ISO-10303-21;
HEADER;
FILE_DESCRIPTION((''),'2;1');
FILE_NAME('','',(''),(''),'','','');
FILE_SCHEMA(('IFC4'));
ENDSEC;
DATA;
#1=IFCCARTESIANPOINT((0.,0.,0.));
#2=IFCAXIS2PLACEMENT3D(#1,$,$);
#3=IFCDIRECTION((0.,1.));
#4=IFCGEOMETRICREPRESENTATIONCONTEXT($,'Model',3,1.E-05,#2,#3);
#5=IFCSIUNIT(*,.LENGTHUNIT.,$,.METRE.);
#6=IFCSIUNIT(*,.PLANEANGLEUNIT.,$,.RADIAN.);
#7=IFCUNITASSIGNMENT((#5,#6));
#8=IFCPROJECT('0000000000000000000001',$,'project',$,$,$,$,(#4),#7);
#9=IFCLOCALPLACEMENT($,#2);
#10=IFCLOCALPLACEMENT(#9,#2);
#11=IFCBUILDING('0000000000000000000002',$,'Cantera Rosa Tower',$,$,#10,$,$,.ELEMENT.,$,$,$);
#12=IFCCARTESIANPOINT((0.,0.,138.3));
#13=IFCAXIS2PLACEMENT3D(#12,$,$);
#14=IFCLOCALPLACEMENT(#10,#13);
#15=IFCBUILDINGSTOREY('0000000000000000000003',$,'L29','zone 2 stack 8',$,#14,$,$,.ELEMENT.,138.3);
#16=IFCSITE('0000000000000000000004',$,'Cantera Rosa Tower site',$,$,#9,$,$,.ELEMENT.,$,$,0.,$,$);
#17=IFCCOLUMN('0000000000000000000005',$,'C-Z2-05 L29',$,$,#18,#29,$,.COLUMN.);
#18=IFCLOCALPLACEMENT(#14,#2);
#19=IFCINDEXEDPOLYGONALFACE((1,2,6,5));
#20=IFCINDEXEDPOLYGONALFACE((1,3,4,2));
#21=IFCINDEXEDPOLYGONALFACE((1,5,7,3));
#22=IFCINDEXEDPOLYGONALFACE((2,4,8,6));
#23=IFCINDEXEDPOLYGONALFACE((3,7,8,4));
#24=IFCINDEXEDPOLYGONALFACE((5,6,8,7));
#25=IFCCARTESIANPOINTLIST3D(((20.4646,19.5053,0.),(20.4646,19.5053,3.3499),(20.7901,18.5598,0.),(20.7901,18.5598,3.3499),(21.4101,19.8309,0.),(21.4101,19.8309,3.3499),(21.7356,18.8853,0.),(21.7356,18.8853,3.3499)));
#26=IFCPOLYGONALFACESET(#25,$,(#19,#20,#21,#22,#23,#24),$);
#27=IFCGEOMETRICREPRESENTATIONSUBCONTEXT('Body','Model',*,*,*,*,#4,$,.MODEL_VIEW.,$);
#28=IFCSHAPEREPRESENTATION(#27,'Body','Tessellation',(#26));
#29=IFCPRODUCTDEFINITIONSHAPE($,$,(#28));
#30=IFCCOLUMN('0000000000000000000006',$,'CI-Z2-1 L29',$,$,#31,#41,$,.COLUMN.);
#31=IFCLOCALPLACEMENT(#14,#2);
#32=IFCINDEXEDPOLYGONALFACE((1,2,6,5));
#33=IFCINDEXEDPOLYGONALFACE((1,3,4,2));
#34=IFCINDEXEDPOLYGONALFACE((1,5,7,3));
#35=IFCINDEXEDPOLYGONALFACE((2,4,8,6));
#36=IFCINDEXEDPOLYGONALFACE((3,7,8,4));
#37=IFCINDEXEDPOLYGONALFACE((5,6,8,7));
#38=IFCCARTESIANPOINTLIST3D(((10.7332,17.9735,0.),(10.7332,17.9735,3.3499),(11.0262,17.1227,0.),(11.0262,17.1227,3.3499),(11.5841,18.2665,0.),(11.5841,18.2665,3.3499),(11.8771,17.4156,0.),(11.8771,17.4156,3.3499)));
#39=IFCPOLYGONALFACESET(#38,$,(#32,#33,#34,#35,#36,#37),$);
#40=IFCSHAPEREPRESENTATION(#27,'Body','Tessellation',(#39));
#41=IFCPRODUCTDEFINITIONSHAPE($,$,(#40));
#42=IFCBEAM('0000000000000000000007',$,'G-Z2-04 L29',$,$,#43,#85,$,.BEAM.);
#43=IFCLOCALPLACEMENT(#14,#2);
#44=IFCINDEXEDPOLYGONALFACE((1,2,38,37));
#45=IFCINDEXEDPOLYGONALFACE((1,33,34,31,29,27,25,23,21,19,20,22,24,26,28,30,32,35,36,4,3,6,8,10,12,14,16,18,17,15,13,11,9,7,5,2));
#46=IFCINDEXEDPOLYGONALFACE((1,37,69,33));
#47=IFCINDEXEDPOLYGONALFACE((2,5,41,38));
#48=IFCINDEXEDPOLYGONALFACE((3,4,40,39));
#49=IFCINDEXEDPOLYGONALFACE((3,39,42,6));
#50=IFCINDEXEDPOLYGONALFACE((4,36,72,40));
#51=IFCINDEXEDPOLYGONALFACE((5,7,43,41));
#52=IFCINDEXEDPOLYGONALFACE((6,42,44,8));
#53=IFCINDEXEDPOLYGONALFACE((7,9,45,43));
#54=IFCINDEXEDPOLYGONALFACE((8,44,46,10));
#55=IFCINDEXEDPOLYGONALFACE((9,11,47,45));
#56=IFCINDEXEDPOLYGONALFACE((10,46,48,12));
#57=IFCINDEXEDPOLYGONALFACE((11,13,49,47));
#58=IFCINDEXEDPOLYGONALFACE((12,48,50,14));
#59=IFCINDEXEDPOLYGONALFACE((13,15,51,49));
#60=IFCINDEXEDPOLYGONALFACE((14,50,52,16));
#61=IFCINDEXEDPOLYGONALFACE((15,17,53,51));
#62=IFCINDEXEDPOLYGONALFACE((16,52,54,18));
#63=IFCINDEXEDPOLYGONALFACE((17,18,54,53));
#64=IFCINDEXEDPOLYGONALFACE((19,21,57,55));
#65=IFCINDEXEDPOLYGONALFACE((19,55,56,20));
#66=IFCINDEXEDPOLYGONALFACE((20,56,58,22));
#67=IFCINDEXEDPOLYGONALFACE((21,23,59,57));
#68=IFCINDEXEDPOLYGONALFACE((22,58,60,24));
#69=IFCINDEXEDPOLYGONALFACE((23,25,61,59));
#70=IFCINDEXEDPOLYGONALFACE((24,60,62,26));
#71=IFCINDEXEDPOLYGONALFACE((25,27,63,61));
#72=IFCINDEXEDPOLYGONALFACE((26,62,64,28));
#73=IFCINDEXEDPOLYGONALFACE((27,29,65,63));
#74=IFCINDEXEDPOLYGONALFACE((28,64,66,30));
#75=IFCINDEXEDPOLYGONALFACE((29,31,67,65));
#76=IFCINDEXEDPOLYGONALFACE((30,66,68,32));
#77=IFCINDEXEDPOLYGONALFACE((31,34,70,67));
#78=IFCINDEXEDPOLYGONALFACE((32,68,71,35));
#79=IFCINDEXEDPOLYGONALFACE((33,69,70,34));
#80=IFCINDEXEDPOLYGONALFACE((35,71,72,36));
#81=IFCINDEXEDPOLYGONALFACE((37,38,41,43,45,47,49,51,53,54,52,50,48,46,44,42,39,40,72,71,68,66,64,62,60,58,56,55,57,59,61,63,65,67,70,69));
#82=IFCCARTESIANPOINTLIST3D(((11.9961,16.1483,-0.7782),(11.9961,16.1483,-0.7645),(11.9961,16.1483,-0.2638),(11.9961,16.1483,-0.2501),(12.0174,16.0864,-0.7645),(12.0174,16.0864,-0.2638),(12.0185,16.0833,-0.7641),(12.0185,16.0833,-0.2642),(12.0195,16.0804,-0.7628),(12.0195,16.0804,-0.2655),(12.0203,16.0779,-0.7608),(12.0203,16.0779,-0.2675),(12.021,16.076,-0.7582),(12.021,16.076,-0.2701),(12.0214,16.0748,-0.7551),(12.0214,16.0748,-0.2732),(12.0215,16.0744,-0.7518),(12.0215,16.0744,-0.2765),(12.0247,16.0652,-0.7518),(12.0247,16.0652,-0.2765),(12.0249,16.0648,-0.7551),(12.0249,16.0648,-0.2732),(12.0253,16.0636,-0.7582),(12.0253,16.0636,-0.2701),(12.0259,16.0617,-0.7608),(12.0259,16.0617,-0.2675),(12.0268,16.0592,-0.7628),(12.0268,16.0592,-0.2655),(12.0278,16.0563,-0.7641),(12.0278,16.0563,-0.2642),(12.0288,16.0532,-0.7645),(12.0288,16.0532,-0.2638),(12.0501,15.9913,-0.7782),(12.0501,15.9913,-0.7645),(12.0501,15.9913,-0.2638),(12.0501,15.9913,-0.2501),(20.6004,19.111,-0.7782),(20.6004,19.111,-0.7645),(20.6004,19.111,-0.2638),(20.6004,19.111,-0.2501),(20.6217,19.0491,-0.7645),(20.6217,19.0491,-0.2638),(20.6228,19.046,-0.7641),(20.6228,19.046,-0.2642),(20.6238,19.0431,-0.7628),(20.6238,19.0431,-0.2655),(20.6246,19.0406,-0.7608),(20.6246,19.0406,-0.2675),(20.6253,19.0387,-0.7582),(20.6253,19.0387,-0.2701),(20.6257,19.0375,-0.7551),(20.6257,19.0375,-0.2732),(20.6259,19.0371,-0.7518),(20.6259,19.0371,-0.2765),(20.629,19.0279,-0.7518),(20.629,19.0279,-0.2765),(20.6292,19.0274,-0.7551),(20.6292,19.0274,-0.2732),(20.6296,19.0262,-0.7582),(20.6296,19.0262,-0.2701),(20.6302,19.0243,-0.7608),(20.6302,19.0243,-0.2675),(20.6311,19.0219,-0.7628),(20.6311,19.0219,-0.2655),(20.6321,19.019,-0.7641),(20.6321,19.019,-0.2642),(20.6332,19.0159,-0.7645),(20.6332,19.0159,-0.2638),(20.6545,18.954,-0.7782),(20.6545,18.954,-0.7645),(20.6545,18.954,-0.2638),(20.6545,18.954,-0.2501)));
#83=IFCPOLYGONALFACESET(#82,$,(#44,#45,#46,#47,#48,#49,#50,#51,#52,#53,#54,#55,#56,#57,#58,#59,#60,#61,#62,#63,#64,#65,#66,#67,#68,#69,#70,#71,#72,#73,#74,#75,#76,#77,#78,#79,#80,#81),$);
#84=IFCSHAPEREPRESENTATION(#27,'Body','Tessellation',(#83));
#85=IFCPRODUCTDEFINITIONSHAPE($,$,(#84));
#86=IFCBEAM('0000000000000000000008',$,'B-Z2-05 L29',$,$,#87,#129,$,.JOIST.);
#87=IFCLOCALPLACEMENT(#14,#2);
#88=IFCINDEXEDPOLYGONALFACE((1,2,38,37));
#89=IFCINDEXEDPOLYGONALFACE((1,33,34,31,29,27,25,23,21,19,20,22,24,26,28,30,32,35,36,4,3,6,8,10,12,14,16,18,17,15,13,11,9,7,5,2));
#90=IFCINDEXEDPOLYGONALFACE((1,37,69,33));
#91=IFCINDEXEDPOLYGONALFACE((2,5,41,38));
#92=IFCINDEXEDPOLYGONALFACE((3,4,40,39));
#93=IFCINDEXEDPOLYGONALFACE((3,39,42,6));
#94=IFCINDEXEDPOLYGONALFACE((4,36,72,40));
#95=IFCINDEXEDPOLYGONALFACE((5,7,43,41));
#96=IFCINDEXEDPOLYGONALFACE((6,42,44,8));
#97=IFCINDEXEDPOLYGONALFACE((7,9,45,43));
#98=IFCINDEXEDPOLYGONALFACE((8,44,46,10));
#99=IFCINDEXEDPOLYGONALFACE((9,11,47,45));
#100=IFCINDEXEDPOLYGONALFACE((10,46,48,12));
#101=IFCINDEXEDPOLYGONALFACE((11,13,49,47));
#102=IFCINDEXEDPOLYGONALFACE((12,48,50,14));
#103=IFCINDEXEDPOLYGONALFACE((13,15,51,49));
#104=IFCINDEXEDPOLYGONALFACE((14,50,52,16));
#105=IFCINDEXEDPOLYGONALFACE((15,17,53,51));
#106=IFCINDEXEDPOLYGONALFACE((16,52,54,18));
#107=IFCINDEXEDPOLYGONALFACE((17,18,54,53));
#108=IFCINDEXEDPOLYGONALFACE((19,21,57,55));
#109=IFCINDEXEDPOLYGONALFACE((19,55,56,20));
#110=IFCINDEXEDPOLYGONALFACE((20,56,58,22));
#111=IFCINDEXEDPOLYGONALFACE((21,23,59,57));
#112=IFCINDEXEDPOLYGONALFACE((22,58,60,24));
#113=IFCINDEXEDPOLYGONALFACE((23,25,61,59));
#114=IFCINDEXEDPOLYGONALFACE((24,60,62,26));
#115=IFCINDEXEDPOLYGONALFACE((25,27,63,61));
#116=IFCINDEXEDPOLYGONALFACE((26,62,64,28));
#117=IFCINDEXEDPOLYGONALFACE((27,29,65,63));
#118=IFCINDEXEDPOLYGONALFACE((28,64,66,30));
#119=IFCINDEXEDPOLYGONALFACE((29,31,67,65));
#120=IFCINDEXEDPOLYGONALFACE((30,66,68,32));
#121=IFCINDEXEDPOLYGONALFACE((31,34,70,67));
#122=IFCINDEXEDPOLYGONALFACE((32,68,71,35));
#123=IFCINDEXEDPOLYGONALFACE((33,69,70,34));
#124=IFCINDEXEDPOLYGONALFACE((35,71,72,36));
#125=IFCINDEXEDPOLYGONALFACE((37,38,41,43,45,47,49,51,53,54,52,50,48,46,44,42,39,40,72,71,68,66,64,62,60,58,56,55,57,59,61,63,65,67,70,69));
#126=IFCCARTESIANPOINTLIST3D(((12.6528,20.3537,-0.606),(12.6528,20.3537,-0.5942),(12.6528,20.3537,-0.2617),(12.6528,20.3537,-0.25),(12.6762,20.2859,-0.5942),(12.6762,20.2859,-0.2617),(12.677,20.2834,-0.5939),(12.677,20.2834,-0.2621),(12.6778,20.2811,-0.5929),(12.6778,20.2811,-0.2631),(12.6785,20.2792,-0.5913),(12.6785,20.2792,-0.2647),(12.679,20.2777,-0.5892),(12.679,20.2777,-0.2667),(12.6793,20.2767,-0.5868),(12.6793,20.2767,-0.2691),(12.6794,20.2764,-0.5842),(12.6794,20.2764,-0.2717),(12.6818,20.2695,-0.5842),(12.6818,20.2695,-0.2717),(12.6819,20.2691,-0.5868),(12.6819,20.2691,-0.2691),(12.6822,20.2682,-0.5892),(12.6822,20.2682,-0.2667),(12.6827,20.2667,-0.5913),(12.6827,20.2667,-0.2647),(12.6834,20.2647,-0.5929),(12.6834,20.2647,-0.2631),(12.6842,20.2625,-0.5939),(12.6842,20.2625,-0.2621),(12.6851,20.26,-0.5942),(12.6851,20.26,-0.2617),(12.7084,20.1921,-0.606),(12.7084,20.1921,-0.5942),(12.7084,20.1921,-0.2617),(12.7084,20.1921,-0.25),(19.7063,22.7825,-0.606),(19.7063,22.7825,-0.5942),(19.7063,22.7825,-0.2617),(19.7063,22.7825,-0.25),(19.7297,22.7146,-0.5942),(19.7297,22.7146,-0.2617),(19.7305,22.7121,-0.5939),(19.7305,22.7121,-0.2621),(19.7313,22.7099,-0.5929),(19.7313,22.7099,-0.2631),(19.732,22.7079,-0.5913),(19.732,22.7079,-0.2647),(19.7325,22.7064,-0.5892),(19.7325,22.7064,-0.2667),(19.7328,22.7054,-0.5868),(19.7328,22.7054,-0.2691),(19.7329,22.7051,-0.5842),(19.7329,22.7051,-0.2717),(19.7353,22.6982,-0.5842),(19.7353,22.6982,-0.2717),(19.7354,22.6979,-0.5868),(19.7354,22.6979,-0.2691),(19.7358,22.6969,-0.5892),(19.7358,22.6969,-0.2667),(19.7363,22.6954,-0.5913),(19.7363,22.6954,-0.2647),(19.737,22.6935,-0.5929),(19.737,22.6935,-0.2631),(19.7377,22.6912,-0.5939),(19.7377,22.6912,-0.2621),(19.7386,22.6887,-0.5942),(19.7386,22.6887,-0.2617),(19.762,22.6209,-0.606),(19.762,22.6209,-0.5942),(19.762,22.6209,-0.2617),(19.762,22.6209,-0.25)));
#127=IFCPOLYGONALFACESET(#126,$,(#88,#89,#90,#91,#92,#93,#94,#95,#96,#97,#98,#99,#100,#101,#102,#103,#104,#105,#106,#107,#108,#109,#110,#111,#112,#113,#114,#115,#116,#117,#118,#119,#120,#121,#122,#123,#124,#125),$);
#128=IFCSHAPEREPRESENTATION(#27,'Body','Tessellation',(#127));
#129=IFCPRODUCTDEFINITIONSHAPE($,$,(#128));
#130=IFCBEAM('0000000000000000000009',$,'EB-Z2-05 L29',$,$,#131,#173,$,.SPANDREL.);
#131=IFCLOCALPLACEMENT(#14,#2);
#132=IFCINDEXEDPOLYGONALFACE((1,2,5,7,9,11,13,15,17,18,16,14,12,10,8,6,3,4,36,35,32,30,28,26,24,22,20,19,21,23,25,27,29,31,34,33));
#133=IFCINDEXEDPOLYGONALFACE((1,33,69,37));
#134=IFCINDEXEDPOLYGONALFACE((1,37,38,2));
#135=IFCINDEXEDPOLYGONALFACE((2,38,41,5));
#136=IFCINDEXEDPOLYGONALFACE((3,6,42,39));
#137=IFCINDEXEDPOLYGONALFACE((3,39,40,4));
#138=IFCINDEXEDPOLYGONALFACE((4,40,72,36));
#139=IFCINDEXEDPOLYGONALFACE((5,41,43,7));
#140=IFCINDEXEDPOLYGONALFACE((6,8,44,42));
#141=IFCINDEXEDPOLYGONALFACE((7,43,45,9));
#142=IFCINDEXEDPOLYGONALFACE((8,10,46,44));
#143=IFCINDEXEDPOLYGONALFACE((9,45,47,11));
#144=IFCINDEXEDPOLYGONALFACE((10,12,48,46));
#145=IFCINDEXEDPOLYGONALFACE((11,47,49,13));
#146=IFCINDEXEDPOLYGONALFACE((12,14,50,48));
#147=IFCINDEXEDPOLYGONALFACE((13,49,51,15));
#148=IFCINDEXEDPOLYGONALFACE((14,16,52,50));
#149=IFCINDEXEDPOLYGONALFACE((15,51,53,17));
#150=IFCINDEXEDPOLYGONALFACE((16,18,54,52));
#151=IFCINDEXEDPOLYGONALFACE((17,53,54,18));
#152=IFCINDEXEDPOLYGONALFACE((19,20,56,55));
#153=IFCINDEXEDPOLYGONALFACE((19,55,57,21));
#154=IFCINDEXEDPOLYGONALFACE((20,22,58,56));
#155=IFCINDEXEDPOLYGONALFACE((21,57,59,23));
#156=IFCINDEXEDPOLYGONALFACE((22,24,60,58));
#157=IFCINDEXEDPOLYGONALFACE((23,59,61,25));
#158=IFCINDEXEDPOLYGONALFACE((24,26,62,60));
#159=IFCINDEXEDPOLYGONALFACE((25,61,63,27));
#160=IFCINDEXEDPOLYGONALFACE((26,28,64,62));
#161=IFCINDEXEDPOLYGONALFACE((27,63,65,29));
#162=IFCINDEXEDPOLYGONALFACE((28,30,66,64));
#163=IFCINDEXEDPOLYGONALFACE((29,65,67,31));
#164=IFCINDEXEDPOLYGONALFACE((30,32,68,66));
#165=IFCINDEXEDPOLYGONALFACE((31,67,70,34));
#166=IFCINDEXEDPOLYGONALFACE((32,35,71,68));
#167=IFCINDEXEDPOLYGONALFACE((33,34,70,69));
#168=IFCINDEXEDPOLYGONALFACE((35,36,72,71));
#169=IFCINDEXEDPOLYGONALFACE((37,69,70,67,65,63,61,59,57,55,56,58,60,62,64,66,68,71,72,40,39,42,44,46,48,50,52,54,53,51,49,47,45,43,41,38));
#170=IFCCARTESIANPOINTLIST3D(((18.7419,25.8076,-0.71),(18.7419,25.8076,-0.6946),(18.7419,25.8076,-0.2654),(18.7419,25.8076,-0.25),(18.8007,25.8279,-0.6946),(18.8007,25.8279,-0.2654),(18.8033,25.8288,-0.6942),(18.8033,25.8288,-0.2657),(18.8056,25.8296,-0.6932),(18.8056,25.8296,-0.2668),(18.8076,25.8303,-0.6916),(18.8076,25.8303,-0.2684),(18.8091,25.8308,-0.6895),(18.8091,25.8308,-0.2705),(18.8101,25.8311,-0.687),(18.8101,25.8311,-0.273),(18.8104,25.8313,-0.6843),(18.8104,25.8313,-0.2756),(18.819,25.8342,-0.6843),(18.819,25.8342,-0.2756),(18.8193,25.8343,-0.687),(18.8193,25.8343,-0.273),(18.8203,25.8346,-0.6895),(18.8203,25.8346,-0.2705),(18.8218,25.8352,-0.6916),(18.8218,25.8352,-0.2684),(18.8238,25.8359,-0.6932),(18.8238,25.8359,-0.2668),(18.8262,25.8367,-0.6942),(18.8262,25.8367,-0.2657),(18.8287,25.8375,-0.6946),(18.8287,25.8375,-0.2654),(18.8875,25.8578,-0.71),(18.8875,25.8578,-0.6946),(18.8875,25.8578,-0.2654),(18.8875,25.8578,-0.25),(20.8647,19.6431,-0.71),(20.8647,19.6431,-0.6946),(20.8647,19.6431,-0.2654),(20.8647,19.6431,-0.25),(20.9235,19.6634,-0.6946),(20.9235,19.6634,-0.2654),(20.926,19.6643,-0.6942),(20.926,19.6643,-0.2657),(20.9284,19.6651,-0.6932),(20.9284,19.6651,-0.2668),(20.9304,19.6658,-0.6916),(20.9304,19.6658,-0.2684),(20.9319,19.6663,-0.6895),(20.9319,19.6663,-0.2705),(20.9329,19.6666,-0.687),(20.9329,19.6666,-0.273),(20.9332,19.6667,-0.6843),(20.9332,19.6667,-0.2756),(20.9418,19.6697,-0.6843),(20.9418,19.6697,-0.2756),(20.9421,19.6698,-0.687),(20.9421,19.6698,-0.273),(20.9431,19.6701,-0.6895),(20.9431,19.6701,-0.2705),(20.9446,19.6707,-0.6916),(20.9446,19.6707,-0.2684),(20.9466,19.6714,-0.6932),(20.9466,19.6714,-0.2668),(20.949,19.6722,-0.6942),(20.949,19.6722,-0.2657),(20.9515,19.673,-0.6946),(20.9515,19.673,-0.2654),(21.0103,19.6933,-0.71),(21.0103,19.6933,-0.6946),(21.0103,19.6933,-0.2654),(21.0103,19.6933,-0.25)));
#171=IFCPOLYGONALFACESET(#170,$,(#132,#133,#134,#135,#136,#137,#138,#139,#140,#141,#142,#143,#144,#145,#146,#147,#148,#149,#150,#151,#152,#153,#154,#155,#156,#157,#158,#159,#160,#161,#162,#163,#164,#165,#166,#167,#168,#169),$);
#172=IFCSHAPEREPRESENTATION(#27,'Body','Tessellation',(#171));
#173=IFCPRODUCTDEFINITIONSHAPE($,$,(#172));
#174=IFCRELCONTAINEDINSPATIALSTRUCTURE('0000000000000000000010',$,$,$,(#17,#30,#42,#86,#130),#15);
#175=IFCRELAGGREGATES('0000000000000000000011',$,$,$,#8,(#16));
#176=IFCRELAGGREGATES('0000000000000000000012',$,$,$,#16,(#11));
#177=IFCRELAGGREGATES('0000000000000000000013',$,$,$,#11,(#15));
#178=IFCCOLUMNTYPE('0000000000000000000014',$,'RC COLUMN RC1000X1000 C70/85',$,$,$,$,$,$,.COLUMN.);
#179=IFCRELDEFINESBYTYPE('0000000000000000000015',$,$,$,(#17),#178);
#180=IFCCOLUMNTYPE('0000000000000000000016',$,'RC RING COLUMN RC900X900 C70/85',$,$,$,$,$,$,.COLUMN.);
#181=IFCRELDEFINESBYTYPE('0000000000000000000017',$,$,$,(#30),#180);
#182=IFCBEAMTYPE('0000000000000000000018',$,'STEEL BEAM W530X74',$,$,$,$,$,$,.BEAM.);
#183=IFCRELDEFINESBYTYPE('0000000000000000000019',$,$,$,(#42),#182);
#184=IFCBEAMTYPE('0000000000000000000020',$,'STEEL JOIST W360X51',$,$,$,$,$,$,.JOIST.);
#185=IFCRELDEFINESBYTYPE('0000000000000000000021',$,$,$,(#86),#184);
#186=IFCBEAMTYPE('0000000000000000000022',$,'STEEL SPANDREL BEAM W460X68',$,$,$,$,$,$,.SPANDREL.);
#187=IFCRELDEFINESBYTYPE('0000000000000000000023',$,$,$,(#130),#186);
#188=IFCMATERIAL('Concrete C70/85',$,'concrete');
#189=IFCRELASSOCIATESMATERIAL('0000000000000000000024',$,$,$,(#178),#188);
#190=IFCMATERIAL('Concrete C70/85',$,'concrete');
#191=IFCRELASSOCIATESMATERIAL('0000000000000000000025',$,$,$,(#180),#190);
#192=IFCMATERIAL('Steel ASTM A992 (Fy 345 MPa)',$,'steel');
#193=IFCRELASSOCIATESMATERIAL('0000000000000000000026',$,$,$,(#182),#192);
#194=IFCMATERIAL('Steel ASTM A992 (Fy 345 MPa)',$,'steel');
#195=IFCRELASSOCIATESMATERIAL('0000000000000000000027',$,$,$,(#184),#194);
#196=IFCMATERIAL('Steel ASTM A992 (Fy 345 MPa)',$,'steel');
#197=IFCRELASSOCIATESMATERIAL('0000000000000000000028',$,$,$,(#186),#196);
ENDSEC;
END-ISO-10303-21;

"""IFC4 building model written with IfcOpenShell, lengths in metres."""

from ifc_helpers import new_model, si_unit, direction, frame, origin, origin_2d, place, context, subcontext, project, spatial, rectangle, i_section, extrude, material, material_profile, profile_set, type_object, element, save


model = new_model("IFC4")

# Units and contexts
model_context = context("Model", 3, precision=1e-05, world=origin(), true_north=direction((0.0, 1.0)))
body_context = subcontext(model_context, "Body", "Model", "MODEL_VIEW")
ifc_project = project(units=[si_unit("LENGTHUNIT", "METRE"), si_unit("PLANEANGLEUNIT", "RADIAN")], contexts=[model_context])

# Site, building, storey
site_placement = place(None, origin())
site = spatial("IfcSite", under=ifc_project, at=site_placement, Name="Cantera Rosa Tower site", CompositionType="ELEMENT", RefElevation=0.0)
building_placement = place(site_placement, origin())
building = spatial("IfcBuilding", under=site, at=building_placement, Name="Cantera Rosa Tower", CompositionType="ELEMENT")
storey_placement = place(building_placement, frame((0.0, 0.0, 138.3)))
storey = spatial("IfcBuildingStorey", under=building, at=storey_placement, Name="L29", Description="zone 2 stack 8", CompositionType="ELEMENT", Elevation=138.3)

# Columns
ifc_material_1 = material(Name="Concrete C70/85", Category="concrete")
ifc_material_profile_1 = material_profile(ifc_material_1, rectangle(XDim=1.0, YDim=1.0, at=origin_2d()), Name="RC COLUMN RC1000X1000 C70/85")
ifc_profile_set_1 = profile_set([ifc_material_profile_1], Name="Concrete C70/85")
column_type_1 = type_object("IfcColumnType", Name="RC COLUMN RC1000X1000 C70/85", PredefinedType="COLUMN", material=ifc_profile_set_1)
column_1_placement = place(storey_placement, frame((21.1001, 19.1953, 0.0), z_axis=(0.0, 0.0, 1.0), x_axis=(0.945519, 0.325568, 0.0)))
element("IfcColumn", 1, at=column_1_placement, inside=storey, type_object=column_type_1, Name="C-Z2-05 L29", PredefinedType="COLUMN", context=body_context, shape_type="SweptSolid", body=[
    extrude(rectangle(XDim=1.0, YDim=1.0, at=origin_2d()), origin(), (0.0, 0.0, 1.0), 3.3499),
])
ifc_material_2 = material(Name="Concrete C70/85", Category="concrete")
ifc_material_profile_2 = material_profile(ifc_material_2, rectangle(XDim=0.8999, YDim=0.8999, at=origin_2d()), Name="RC RING COLUMN RC900X900 C70/85")
ifc_profile_set_2 = profile_set([ifc_material_profile_2], Name="Concrete C70/85")
column_type_2 = type_object("IfcColumnType", Name="RC RING COLUMN RC900X900 C70/85", PredefinedType="COLUMN", material=ifc_profile_set_2)
column_2_placement = place(storey_placement, frame((11.3052, 17.6946, 0.0), z_axis=(0.0, 0.0, 1.0), x_axis=(0.945519, 0.325568, 0.0)))
element("IfcColumn", 2, at=column_2_placement, inside=storey, type_object=column_type_2, Name="CI-Z2-1 L29", PredefinedType="COLUMN", context=body_context, shape_type="SweptSolid", body=[
    extrude(rectangle(XDim=0.8999, YDim=0.8999, at=origin_2d()), origin(), (0.0, 0.0, 1.0), 3.3499),
])

# Beams
ifc_material_3 = material(Name="Steel ASTM A992 (Fy 345 MPa)", Category="steel")
ifc_material_profile_3 = material_profile(ifc_material_3, i_section(OverallWidth=0.166, OverallDepth=0.5281, WebThickness=0.0098, FlangeThickness=0.0137, FilletRadius=0.0127, at=origin_2d()), Name="W530X74")
ifc_profile_set_3 = profile_set([ifc_material_profile_3], Name="Steel ASTM A992 (Fy 345 MPa)")
beam_type_1 = type_object("IfcBeamType", Name="STEEL BEAM W530X74", PredefinedType="BEAM", material=ifc_profile_set_3)
beam_1_placement = place(storey_placement, frame((20.6274, 19.0325, -0.5142), z_axis=(-0.94552, -0.325565, 0.0), x_axis=(0.325565, -0.94552, 0.0)))
element("IfcBeam", 3, at=beam_1_placement, inside=storey, type_object=beam_type_1, Name="G-Z2-04 L29", PredefinedType="BEAM", context=body_context, shape_type="SweptSolid", body=[
    extrude(i_section(OverallWidth=0.166, OverallDepth=0.5281, WebThickness=0.0098, FlangeThickness=0.0137, FilletRadius=0.0127, at=origin_2d()), origin(), (0.0, 0.0, 1.0), 9.1001),
])
ifc_material_4 = material(Name="Steel ASTM A992 (Fy 345 MPa)", Category="steel")
ifc_material_profile_4 = material_profile(ifc_material_4, i_section(OverallWidth=0.1709, OverallDepth=0.356, WebThickness=0.0073, FlangeThickness=0.0117, FilletRadius=0.01, at=origin_2d()), Name="W360X51")
ifc_profile_set_4 = profile_set([ifc_material_profile_4], Name="Steel ASTM A992 (Fy 345 MPa)")
beam_type_2 = type_object("IfcBeamType", Name="STEEL JOIST W360X51", PredefinedType="JOIST", material=ifc_profile_set_4)
beam_2_placement = place(storey_placement, frame((19.7341, 22.7017, -0.428), z_axis=(-0.945518, -0.325569, 0.0), x_axis=(0.325569, -0.945518, 0.0)))
element("IfcBeam", 4, at=beam_2_placement, inside=storey, type_object=beam_type_2, Name="B-Z2-05 L29", PredefinedType="JOIST", context=body_context, shape_type="SweptSolid", body=[
    extrude(i_section(OverallWidth=0.1709, OverallDepth=0.356, WebThickness=0.0073, FlangeThickness=0.0117, FilletRadius=0.01, at=origin_2d()), origin(), (0.0, 0.0, 1.0), 7.46),
])
ifc_material_5 = material(Name="Steel ASTM A992 (Fy 345 MPa)", Category="steel")
ifc_material_profile_5 = material_profile(ifc_material_5, i_section(OverallWidth=0.1541, OverallDepth=0.46, WebThickness=0.009, FlangeThickness=0.0154, FilletRadius=0.0103, at=origin_2d()), Name="W460X68")
ifc_profile_set_5 = profile_set([ifc_material_profile_5], Name="Steel ASTM A992 (Fy 345 MPa)")
beam_type_3 = type_object("IfcBeamType", Name="STEEL SPANDREL BEAM W460X68", PredefinedType="SPANDREL", material=ifc_profile_set_5)
beam_3_placement = place(storey_placement, frame((20.9375, 19.6682, -0.48), z_axis=(-0.325593, 0.94551, 0.0), x_axis=(-0.94551, -0.325593, 0.0)))
element("IfcBeam", 5, at=beam_3_placement, inside=storey, type_object=beam_type_3, Name="EB-Z2-05 L29", PredefinedType="SPANDREL", context=body_context, shape_type="SweptSolid", body=[
    extrude(i_section(OverallWidth=0.1541, OverallDepth=0.46, WebThickness=0.009, FlangeThickness=0.0154, FilletRadius=0.0103, at=origin_2d()), origin(), (0.0, 0.0, 1.0), 6.5198),
])

save(model, "model.ifc")
